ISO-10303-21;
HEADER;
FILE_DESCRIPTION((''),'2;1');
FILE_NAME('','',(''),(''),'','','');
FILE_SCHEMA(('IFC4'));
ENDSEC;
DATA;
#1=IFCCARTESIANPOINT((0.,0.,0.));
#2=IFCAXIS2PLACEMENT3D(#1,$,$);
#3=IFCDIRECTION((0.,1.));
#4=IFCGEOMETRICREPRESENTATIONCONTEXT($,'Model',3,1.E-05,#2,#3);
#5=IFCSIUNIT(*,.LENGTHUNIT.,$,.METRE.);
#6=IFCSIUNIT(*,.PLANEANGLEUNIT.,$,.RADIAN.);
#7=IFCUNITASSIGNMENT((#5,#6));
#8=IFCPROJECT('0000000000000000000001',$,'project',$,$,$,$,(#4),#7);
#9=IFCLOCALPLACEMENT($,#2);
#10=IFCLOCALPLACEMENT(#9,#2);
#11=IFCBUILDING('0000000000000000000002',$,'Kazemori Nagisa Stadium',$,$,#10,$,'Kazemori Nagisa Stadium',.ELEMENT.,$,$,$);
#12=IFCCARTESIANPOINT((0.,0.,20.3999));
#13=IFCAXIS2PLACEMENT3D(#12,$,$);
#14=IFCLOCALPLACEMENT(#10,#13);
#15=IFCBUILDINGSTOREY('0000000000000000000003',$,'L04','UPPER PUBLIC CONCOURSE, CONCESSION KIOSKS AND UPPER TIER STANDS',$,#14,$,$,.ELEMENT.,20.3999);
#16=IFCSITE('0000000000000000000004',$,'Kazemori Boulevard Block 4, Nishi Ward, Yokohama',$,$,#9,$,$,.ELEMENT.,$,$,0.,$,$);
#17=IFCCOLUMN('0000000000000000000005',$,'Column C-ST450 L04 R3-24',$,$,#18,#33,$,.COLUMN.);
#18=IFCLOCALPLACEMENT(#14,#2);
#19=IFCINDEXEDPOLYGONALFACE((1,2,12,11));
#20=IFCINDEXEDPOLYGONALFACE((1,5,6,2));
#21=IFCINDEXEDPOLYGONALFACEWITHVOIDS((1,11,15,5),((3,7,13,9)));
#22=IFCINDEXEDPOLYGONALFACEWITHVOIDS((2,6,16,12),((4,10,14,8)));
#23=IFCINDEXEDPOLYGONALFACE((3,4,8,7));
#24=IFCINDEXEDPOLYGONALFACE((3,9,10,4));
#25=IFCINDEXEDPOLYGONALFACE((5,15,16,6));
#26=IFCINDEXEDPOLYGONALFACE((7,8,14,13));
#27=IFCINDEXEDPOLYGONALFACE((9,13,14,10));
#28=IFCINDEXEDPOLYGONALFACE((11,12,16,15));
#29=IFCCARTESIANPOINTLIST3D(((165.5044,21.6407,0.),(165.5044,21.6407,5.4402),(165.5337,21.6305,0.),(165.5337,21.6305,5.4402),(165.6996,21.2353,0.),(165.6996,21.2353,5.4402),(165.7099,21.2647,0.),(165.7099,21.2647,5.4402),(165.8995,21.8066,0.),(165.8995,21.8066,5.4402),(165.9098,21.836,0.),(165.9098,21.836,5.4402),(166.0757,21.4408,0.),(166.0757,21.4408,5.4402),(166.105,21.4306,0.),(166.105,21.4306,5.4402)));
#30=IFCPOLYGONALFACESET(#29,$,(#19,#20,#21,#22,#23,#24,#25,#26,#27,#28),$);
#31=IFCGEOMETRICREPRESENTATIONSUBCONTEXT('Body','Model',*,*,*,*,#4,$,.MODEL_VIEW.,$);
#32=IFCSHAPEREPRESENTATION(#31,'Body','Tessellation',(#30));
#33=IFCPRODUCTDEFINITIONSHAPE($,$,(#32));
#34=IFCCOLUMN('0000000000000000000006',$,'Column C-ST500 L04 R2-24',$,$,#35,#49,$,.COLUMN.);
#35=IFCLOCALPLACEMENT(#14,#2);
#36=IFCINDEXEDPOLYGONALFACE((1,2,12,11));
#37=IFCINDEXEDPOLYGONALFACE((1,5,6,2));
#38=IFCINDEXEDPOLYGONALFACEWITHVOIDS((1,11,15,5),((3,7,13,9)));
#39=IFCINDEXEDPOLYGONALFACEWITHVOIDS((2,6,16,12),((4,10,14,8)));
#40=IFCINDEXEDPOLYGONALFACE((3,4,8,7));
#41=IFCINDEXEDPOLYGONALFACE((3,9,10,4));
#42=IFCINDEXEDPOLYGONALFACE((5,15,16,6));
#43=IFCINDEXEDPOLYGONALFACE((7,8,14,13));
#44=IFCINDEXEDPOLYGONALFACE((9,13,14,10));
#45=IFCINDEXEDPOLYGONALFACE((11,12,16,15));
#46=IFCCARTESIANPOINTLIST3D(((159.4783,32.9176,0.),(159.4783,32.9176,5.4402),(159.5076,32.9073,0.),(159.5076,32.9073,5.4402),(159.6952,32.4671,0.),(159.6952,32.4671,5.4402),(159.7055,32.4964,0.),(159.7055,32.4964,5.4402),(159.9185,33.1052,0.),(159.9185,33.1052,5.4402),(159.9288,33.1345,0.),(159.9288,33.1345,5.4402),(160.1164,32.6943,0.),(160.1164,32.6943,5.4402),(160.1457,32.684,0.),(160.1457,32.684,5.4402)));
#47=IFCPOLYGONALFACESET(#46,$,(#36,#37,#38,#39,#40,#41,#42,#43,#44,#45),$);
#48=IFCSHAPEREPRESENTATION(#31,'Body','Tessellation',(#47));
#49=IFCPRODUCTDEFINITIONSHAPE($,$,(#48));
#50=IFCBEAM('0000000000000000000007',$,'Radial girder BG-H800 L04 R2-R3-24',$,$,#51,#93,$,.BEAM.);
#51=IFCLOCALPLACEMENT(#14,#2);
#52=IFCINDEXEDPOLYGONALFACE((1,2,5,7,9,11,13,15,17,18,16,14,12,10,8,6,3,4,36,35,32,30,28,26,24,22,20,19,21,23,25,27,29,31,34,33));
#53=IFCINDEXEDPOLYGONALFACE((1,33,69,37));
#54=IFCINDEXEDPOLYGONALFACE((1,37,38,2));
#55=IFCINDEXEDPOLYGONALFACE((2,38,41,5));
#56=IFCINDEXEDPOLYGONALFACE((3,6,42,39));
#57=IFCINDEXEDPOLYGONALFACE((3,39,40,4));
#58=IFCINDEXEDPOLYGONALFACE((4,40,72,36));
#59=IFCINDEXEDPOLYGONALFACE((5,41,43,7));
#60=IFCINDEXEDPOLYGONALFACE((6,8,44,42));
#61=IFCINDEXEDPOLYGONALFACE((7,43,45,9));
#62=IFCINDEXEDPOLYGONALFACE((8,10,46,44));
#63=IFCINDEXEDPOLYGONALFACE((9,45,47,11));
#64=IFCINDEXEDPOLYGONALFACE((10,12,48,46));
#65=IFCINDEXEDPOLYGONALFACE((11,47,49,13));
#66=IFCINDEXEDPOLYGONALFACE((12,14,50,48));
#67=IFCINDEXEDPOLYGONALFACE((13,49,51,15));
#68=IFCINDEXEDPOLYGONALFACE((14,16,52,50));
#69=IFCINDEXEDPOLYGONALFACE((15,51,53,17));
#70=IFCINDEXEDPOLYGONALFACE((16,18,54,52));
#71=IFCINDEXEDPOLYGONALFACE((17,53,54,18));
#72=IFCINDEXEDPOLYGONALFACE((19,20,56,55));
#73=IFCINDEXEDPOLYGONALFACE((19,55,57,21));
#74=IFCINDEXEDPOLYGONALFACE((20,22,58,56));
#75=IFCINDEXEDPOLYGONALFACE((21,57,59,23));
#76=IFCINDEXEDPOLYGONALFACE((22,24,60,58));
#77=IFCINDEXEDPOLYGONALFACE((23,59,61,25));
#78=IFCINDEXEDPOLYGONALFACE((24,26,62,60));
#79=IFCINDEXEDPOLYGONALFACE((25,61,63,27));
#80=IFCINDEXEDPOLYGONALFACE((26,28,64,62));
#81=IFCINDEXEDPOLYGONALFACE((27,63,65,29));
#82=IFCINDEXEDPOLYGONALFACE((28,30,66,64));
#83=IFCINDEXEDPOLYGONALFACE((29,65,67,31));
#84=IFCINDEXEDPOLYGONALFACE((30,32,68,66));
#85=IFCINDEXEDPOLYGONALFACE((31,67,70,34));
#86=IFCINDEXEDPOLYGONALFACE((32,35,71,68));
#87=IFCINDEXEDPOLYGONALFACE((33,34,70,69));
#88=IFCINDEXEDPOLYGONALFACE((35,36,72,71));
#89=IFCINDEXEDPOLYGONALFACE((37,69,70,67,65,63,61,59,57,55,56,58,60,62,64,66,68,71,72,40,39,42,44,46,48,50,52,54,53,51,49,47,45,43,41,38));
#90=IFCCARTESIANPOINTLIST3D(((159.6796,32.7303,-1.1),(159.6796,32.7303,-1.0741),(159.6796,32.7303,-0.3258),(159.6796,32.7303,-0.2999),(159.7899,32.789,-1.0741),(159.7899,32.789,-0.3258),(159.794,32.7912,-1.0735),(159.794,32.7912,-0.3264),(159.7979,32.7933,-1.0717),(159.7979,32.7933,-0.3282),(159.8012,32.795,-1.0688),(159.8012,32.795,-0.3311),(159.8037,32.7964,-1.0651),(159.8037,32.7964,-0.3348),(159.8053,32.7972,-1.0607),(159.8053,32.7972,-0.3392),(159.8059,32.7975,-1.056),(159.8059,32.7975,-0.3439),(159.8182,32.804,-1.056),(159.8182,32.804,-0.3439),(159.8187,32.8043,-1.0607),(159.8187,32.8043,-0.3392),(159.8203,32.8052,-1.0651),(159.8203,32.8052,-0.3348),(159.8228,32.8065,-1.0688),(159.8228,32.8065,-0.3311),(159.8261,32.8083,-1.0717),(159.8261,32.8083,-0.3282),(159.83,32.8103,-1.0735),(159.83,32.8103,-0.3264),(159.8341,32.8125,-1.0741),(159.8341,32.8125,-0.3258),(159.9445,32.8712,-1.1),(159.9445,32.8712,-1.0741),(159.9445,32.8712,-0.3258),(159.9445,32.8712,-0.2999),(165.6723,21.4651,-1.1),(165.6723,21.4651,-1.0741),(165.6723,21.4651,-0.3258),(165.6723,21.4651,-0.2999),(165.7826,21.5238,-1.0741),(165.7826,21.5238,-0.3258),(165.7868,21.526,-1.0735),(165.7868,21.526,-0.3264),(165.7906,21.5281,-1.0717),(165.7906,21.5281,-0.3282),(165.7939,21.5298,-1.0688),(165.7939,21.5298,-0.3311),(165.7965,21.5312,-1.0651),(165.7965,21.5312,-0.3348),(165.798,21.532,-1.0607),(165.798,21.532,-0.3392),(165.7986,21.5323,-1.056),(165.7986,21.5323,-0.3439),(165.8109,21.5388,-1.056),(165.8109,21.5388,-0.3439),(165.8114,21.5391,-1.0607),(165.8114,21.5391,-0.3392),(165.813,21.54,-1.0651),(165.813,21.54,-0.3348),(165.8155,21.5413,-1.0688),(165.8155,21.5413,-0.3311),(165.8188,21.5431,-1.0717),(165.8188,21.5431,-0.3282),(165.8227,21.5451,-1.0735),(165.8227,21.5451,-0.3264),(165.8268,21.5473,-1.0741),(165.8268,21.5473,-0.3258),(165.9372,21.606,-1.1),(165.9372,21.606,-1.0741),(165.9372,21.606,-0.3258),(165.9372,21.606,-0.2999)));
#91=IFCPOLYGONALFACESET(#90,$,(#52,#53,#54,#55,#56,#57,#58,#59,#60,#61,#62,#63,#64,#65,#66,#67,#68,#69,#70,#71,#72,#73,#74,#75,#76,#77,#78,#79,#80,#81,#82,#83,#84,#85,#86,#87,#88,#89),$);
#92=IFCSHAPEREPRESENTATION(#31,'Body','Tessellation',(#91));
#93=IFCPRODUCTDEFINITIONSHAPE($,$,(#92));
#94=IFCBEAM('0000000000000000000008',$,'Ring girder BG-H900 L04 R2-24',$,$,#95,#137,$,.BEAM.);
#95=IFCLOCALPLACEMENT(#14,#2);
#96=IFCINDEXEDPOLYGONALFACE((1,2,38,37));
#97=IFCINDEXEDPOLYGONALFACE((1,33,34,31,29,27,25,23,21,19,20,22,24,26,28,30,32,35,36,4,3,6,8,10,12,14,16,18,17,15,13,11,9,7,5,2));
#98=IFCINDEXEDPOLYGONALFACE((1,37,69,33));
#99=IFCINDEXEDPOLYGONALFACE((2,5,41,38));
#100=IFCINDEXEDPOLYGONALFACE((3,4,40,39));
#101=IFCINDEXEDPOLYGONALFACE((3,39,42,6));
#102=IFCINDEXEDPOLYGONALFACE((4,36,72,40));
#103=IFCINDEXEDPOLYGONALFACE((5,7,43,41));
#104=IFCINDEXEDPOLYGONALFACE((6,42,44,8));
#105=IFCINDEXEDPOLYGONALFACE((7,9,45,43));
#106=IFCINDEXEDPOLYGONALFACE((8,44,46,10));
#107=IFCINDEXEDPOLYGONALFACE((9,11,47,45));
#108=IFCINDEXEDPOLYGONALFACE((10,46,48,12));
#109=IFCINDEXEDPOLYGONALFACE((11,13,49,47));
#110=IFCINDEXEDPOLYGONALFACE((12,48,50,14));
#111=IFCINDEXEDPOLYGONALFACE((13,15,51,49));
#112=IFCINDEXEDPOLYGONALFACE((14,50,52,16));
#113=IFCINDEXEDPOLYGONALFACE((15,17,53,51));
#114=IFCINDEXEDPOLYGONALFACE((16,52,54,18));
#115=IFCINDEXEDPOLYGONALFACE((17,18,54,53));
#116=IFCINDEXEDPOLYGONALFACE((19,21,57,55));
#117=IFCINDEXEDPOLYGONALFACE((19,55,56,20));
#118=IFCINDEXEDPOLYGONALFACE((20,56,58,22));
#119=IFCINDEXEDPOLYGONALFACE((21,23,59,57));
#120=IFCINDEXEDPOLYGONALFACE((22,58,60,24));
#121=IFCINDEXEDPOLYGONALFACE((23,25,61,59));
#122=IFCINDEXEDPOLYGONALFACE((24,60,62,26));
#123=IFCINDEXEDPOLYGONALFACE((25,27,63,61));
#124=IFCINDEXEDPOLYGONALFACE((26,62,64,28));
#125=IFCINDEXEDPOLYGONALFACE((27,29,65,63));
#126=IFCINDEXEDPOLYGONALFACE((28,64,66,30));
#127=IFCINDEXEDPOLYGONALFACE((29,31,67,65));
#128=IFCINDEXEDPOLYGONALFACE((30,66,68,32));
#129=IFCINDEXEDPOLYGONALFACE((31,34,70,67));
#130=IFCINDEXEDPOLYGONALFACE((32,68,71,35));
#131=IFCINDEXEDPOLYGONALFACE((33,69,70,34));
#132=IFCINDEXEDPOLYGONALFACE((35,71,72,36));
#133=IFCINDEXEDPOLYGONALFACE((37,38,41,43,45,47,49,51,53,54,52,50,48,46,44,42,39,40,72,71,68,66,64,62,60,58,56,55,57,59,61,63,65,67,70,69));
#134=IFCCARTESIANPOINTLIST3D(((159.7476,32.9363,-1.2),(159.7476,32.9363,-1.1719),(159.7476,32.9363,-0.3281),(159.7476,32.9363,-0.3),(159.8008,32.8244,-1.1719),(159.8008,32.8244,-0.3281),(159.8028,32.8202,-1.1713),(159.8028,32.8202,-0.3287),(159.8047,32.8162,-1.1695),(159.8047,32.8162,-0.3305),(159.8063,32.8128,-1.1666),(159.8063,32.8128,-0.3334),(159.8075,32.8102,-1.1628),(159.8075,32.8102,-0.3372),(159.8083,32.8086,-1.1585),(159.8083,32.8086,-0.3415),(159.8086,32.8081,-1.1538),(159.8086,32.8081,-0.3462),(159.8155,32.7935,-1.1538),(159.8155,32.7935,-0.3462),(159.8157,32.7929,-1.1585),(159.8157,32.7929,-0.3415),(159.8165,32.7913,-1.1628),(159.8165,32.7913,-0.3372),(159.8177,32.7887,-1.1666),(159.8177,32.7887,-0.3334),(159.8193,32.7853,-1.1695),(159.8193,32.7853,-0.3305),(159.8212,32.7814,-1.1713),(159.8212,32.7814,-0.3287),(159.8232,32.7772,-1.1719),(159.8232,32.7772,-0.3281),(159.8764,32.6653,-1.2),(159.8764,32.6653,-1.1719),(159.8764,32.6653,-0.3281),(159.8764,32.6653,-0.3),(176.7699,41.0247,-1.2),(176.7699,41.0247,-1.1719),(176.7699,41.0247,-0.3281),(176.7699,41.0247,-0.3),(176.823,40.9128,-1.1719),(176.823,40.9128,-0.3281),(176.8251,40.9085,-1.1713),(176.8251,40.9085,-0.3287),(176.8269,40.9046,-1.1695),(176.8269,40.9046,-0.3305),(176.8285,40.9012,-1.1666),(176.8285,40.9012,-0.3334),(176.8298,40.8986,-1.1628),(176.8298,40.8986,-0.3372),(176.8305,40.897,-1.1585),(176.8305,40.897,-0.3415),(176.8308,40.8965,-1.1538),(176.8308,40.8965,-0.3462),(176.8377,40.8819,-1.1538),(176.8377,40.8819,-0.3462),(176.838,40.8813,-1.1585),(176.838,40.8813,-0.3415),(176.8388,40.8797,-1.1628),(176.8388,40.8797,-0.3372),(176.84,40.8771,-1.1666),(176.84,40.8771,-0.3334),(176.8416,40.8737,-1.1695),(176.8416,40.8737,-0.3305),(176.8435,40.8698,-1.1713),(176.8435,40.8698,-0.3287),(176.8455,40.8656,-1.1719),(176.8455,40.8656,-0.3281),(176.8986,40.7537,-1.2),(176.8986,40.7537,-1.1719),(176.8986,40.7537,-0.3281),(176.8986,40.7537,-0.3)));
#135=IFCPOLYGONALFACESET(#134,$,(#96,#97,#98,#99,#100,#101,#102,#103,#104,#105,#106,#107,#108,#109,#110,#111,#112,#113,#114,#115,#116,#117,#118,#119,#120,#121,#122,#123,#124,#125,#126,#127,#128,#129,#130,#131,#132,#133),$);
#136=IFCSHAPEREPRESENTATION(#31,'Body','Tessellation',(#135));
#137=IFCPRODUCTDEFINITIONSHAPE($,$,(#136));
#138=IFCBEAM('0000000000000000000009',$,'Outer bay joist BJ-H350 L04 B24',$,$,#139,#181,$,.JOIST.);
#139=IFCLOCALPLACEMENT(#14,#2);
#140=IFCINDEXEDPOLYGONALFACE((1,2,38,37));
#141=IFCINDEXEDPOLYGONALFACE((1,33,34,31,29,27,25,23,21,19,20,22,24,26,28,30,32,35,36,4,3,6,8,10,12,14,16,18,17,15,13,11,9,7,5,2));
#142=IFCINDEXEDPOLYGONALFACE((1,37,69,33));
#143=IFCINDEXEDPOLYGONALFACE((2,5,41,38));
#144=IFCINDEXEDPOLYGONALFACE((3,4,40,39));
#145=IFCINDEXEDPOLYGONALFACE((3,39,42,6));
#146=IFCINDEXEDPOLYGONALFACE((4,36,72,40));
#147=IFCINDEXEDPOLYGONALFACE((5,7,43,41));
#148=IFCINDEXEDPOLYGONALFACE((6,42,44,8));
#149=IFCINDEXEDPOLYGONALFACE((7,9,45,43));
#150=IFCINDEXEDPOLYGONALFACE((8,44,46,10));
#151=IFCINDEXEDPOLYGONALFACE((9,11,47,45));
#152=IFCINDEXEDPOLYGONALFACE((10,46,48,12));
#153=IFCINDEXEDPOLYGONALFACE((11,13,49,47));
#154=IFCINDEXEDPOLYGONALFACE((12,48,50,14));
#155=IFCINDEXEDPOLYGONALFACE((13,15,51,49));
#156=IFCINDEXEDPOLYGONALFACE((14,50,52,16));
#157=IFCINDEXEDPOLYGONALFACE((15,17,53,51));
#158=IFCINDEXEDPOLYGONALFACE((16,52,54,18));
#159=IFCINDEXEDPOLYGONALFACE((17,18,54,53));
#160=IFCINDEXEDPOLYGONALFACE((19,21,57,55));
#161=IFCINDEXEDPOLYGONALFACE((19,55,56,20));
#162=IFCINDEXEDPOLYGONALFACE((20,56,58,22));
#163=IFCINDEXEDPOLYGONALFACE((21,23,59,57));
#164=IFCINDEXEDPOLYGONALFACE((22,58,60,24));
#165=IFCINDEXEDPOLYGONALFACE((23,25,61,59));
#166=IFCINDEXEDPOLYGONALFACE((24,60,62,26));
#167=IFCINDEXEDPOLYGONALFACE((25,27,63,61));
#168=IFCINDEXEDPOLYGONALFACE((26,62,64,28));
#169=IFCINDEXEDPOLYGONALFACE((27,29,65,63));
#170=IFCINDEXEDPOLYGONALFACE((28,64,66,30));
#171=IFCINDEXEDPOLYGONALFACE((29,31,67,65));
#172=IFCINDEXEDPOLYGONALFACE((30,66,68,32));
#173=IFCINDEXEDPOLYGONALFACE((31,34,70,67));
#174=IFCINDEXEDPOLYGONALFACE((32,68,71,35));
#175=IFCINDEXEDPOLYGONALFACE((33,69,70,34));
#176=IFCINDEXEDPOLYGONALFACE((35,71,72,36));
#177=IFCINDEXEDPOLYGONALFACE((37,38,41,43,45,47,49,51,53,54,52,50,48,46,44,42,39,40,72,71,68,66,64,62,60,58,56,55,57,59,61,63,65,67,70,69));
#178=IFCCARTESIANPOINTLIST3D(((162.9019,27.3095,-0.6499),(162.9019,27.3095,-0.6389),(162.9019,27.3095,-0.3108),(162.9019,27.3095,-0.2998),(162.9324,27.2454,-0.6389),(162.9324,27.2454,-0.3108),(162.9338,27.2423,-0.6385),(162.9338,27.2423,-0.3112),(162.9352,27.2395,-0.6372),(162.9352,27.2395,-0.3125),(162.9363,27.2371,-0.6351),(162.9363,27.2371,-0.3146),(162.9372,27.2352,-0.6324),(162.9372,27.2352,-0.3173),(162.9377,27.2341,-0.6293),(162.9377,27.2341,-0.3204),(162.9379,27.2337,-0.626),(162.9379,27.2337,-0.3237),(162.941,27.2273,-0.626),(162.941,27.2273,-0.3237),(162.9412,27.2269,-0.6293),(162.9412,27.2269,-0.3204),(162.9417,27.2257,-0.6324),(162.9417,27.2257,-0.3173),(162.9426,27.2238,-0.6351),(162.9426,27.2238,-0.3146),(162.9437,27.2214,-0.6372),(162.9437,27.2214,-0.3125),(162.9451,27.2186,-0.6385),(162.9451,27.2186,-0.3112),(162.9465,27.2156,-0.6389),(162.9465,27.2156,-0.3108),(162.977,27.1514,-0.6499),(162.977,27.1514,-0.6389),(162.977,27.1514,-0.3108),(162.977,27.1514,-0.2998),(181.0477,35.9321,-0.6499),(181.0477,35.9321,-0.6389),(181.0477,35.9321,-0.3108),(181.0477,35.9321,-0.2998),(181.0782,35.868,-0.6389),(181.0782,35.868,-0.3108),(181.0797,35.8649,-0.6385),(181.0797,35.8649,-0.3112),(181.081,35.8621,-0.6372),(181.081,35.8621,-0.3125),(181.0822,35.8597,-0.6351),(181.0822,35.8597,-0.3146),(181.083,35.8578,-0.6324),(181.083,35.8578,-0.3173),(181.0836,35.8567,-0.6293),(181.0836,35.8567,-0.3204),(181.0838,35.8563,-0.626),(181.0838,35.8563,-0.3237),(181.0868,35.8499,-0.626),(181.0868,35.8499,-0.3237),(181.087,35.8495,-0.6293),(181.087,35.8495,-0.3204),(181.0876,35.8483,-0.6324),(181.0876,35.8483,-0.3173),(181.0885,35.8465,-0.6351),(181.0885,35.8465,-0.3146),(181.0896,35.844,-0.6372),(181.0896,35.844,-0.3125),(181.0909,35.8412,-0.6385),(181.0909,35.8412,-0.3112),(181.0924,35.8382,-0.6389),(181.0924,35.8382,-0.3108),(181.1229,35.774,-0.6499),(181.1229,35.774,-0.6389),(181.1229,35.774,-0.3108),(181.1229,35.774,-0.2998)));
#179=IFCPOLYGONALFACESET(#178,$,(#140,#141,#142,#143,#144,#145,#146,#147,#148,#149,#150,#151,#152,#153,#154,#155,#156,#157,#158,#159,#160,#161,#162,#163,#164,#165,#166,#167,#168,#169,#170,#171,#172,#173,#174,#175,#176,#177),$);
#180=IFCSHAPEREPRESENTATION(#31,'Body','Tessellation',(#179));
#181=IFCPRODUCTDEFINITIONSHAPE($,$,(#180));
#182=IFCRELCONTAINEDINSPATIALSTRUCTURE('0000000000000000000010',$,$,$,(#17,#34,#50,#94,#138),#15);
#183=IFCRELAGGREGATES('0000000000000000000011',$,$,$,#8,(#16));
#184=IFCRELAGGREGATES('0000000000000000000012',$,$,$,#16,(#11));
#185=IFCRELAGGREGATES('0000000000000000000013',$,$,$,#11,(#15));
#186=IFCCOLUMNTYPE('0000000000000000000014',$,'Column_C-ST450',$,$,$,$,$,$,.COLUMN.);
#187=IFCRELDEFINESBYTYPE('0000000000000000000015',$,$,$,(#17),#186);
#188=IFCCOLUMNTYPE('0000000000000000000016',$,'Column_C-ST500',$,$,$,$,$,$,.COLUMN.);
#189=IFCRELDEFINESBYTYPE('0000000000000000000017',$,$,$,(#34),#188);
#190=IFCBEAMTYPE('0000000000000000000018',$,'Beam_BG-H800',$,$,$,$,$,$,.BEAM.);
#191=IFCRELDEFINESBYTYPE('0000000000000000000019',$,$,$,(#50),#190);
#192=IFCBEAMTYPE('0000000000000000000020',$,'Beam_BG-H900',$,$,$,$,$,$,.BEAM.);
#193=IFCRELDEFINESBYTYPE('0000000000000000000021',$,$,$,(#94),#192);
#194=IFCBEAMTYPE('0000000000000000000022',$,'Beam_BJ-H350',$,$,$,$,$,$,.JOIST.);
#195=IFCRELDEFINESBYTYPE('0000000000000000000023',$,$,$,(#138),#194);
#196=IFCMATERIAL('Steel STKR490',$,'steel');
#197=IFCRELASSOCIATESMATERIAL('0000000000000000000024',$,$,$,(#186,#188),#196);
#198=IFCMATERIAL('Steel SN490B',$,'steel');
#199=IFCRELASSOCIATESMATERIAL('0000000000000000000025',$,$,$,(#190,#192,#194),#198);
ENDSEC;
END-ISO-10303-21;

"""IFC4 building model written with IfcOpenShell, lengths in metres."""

from ifc_helpers import new_model, si_unit, direction, frame, origin, origin_2d, place, context, subcontext, project, spatial, hollow_rectangle, i_section, extrude, material, material_profile, profile_set, type_object, element, save


model = new_model("IFC4")

# Units and contexts
model_context = context("Model", 3, precision=1e-05, world=origin(), true_north=direction((0.0, 1.0)))
body_context = subcontext(model_context, "Body", "Model", "MODEL_VIEW")
ifc_project = project(units=[si_unit("LENGTHUNIT", "METRE"), si_unit("PLANEANGLEUNIT", "RADIAN")], contexts=[model_context])

# Site, building, storey
site_placement = place(None, origin())
site = spatial("IfcSite", under=ifc_project, at=site_placement, Name="Kazemori Boulevard Block 4, Nishi Ward, Yokohama", CompositionType="ELEMENT", RefElevation=0.0)
building_placement = place(site_placement, origin())
building = spatial("IfcBuilding", under=site, at=building_placement, Name="Kazemori Nagisa Stadium", LongName="Kazemori Nagisa Stadium", CompositionType="ELEMENT")
storey_placement = place(building_placement, frame((0.0, 0.0, 20.3999)))
storey = spatial("IfcBuildingStorey", under=building, at=storey_placement, Name="L04", Description="UPPER PUBLIC CONCOURSE, CONCESSION KIOSKS AND UPPER TIER STANDS", CompositionType="ELEMENT", Elevation=20.3999)

# Columns
ifc_material_1 = material(Name="Steel STKR490", Category="steel")
ifc_material_profile_1 = material_profile(ifc_material_1, hollow_rectangle(XDim=0.45, YDim=0.45, WallThickness=0.022, at=origin_2d()), Name="SHS-450x450x22")
ifc_profile_set_1 = profile_set([ifc_material_profile_1], Name="Steel STKR490")
column_type_1 = type_object("IfcColumnType", Name="Column_C-ST450", PredefinedType="COLUMN", material=ifc_profile_set_1)
column_1_placement = place(storey_placement, frame((165.8047, 21.5356, 0.0), z_axis=(0.0, 0.0, 1.0), x_axis=(0.433884, -0.900969, 0.0)))
element("IfcColumn", 1, at=column_1_placement, inside=storey, type_object=column_type_1, Name="Column C-ST450 L04 R3-24", PredefinedType="COLUMN", context=body_context, shape_type="SweptSolid", body=[
    extrude(hollow_rectangle(XDim=0.45, YDim=0.45, WallThickness=0.022, at=origin_2d()), origin(), (0.0, 0.0, 1.0), 5.4402),
])
ifc_material_profile_2 = material_profile(ifc_material_1, hollow_rectangle(XDim=0.5, YDim=0.5, WallThickness=0.022, at=origin_2d()), Name="SHS-500x500x22")
ifc_profile_set_2 = profile_set([ifc_material_profile_2], Name="Steel STKR490")
column_type_2 = type_object("IfcColumnType", Name="Column_C-ST500", PredefinedType="COLUMN", material=ifc_profile_set_2)
column_2_placement = place(storey_placement, frame((159.812, 32.8008, 0.0), z_axis=(0.0, 0.0, 1.0), x_axis=(0.433884, -0.900969, 0.0)))
element("IfcColumn", 2, at=column_2_placement, inside=storey, type_object=column_type_2, Name="Column C-ST500 L04 R2-24", PredefinedType="COLUMN", context=body_context, shape_type="SweptSolid", body=[
    extrude(hollow_rectangle(XDim=0.5, YDim=0.5, WallThickness=0.022, at=origin_2d()), origin(), (0.0, 0.0, 1.0), 5.4402),
])

# Beams
ifc_material_2 = material(Name="Steel SN490B", Category="steel")
ifc_material_profile_3 = material_profile(ifc_material_2, i_section(OverallWidth=0.3, OverallDepth=0.8, WebThickness=0.0139, FlangeThickness=0.0259, FilletRadius=0.0181, at=origin_2d()), Name="H-800x300x14x26")
ifc_profile_set_3 = profile_set([ifc_material_profile_3], Name="Steel SN490B")
beam_type_1 = type_object("IfcBeamType", Name="Beam_BG-H800", PredefinedType="BEAM", material=ifc_profile_set_3)
beam_1_placement = place(storey_placement, frame((159.812, 32.8008, -0.7), z_axis=(0.469649, -0.882853, 0.0), x_axis=(0.882853, 0.469649, 0.0)))
element("IfcBeam", 3, at=beam_1_placement, inside=storey, type_object=beam_type_1, Name="Radial girder BG-H800 L04 R2-R3-24", PredefinedType="BEAM", context=body_context, shape_type="SweptSolid", body=[
    extrude(i_section(OverallWidth=0.3, OverallDepth=0.8, WebThickness=0.0139, FlangeThickness=0.0259, FilletRadius=0.0181, at=origin_2d()), origin(), (0.0, 0.0, 1.0), 12.76),
])
ifc_material_profile_4 = material_profile(ifc_material_2, i_section(OverallWidth=0.3, OverallDepth=0.8999, WebThickness=0.0161, FlangeThickness=0.0281, FilletRadius=0.0181, at=origin_2d()), Name="H-900x300x16x28")
ifc_profile_set_4 = profile_set([ifc_material_profile_4], Name="Steel SN490B")
beam_type_2 = type_object("IfcBeamType", Name="Beam_BG-H900", PredefinedType="BEAM", material=ifc_profile_set_4)
beam_2_placement = place(storey_placement, frame((159.812, 32.8008, -0.75), z_axis=(0.903219, 0.429179, 0.0), x_axis=(-0.429179, 0.903219, 0.0)))
element("IfcBeam", 4, at=beam_2_placement, inside=storey, type_object=beam_type_2, Name="Ring girder BG-H900 L04 R2-24", PredefinedType="BEAM", context=body_context, shape_type="SweptSolid", body=[
    extrude(i_section(OverallWidth=0.3, OverallDepth=0.8999, WebThickness=0.0161, FlangeThickness=0.0281, FilletRadius=0.0181, at=origin_2d()), origin(), (0.0, 0.0, 1.0), 18.8462),
])
ifc_material_profile_5 = material_profile(ifc_material_2, i_section(OverallWidth=0.175, OverallDepth=0.3501, WebThickness=0.0071, FlangeThickness=0.011, FilletRadius=0.0129, at=origin_2d()), Name="H-350x175x7x11")
ifc_profile_set_5 = profile_set([ifc_material_profile_5], Name="Steel SN490B")
beam_type_3 = type_object("IfcBeamType", Name="Beam_BJ-H350", PredefinedType="JOIST", material=ifc_profile_set_5)
beam_3_placement = place(storey_placement, frame((162.9395, 27.2305, -0.4749), z_axis=(0.903213, 0.429192, 0.0), x_axis=(-0.429192, 0.903213, 0.0)))
element("IfcBeam", 5, at=beam_3_placement, inside=storey, type_object=beam_type_3, Name="Outer bay joist BJ-H350 L04 B24", PredefinedType="JOIST", context=body_context, shape_type="SweptSolid", body=[
    extrude(i_section(OverallWidth=0.175, OverallDepth=0.3501, WebThickness=0.0071, FlangeThickness=0.011, FilletRadius=0.0129, at=origin_2d()), origin(), (0.0, 0.0, 1.0), 20.0903),
])

save(model, "model.ifc")
